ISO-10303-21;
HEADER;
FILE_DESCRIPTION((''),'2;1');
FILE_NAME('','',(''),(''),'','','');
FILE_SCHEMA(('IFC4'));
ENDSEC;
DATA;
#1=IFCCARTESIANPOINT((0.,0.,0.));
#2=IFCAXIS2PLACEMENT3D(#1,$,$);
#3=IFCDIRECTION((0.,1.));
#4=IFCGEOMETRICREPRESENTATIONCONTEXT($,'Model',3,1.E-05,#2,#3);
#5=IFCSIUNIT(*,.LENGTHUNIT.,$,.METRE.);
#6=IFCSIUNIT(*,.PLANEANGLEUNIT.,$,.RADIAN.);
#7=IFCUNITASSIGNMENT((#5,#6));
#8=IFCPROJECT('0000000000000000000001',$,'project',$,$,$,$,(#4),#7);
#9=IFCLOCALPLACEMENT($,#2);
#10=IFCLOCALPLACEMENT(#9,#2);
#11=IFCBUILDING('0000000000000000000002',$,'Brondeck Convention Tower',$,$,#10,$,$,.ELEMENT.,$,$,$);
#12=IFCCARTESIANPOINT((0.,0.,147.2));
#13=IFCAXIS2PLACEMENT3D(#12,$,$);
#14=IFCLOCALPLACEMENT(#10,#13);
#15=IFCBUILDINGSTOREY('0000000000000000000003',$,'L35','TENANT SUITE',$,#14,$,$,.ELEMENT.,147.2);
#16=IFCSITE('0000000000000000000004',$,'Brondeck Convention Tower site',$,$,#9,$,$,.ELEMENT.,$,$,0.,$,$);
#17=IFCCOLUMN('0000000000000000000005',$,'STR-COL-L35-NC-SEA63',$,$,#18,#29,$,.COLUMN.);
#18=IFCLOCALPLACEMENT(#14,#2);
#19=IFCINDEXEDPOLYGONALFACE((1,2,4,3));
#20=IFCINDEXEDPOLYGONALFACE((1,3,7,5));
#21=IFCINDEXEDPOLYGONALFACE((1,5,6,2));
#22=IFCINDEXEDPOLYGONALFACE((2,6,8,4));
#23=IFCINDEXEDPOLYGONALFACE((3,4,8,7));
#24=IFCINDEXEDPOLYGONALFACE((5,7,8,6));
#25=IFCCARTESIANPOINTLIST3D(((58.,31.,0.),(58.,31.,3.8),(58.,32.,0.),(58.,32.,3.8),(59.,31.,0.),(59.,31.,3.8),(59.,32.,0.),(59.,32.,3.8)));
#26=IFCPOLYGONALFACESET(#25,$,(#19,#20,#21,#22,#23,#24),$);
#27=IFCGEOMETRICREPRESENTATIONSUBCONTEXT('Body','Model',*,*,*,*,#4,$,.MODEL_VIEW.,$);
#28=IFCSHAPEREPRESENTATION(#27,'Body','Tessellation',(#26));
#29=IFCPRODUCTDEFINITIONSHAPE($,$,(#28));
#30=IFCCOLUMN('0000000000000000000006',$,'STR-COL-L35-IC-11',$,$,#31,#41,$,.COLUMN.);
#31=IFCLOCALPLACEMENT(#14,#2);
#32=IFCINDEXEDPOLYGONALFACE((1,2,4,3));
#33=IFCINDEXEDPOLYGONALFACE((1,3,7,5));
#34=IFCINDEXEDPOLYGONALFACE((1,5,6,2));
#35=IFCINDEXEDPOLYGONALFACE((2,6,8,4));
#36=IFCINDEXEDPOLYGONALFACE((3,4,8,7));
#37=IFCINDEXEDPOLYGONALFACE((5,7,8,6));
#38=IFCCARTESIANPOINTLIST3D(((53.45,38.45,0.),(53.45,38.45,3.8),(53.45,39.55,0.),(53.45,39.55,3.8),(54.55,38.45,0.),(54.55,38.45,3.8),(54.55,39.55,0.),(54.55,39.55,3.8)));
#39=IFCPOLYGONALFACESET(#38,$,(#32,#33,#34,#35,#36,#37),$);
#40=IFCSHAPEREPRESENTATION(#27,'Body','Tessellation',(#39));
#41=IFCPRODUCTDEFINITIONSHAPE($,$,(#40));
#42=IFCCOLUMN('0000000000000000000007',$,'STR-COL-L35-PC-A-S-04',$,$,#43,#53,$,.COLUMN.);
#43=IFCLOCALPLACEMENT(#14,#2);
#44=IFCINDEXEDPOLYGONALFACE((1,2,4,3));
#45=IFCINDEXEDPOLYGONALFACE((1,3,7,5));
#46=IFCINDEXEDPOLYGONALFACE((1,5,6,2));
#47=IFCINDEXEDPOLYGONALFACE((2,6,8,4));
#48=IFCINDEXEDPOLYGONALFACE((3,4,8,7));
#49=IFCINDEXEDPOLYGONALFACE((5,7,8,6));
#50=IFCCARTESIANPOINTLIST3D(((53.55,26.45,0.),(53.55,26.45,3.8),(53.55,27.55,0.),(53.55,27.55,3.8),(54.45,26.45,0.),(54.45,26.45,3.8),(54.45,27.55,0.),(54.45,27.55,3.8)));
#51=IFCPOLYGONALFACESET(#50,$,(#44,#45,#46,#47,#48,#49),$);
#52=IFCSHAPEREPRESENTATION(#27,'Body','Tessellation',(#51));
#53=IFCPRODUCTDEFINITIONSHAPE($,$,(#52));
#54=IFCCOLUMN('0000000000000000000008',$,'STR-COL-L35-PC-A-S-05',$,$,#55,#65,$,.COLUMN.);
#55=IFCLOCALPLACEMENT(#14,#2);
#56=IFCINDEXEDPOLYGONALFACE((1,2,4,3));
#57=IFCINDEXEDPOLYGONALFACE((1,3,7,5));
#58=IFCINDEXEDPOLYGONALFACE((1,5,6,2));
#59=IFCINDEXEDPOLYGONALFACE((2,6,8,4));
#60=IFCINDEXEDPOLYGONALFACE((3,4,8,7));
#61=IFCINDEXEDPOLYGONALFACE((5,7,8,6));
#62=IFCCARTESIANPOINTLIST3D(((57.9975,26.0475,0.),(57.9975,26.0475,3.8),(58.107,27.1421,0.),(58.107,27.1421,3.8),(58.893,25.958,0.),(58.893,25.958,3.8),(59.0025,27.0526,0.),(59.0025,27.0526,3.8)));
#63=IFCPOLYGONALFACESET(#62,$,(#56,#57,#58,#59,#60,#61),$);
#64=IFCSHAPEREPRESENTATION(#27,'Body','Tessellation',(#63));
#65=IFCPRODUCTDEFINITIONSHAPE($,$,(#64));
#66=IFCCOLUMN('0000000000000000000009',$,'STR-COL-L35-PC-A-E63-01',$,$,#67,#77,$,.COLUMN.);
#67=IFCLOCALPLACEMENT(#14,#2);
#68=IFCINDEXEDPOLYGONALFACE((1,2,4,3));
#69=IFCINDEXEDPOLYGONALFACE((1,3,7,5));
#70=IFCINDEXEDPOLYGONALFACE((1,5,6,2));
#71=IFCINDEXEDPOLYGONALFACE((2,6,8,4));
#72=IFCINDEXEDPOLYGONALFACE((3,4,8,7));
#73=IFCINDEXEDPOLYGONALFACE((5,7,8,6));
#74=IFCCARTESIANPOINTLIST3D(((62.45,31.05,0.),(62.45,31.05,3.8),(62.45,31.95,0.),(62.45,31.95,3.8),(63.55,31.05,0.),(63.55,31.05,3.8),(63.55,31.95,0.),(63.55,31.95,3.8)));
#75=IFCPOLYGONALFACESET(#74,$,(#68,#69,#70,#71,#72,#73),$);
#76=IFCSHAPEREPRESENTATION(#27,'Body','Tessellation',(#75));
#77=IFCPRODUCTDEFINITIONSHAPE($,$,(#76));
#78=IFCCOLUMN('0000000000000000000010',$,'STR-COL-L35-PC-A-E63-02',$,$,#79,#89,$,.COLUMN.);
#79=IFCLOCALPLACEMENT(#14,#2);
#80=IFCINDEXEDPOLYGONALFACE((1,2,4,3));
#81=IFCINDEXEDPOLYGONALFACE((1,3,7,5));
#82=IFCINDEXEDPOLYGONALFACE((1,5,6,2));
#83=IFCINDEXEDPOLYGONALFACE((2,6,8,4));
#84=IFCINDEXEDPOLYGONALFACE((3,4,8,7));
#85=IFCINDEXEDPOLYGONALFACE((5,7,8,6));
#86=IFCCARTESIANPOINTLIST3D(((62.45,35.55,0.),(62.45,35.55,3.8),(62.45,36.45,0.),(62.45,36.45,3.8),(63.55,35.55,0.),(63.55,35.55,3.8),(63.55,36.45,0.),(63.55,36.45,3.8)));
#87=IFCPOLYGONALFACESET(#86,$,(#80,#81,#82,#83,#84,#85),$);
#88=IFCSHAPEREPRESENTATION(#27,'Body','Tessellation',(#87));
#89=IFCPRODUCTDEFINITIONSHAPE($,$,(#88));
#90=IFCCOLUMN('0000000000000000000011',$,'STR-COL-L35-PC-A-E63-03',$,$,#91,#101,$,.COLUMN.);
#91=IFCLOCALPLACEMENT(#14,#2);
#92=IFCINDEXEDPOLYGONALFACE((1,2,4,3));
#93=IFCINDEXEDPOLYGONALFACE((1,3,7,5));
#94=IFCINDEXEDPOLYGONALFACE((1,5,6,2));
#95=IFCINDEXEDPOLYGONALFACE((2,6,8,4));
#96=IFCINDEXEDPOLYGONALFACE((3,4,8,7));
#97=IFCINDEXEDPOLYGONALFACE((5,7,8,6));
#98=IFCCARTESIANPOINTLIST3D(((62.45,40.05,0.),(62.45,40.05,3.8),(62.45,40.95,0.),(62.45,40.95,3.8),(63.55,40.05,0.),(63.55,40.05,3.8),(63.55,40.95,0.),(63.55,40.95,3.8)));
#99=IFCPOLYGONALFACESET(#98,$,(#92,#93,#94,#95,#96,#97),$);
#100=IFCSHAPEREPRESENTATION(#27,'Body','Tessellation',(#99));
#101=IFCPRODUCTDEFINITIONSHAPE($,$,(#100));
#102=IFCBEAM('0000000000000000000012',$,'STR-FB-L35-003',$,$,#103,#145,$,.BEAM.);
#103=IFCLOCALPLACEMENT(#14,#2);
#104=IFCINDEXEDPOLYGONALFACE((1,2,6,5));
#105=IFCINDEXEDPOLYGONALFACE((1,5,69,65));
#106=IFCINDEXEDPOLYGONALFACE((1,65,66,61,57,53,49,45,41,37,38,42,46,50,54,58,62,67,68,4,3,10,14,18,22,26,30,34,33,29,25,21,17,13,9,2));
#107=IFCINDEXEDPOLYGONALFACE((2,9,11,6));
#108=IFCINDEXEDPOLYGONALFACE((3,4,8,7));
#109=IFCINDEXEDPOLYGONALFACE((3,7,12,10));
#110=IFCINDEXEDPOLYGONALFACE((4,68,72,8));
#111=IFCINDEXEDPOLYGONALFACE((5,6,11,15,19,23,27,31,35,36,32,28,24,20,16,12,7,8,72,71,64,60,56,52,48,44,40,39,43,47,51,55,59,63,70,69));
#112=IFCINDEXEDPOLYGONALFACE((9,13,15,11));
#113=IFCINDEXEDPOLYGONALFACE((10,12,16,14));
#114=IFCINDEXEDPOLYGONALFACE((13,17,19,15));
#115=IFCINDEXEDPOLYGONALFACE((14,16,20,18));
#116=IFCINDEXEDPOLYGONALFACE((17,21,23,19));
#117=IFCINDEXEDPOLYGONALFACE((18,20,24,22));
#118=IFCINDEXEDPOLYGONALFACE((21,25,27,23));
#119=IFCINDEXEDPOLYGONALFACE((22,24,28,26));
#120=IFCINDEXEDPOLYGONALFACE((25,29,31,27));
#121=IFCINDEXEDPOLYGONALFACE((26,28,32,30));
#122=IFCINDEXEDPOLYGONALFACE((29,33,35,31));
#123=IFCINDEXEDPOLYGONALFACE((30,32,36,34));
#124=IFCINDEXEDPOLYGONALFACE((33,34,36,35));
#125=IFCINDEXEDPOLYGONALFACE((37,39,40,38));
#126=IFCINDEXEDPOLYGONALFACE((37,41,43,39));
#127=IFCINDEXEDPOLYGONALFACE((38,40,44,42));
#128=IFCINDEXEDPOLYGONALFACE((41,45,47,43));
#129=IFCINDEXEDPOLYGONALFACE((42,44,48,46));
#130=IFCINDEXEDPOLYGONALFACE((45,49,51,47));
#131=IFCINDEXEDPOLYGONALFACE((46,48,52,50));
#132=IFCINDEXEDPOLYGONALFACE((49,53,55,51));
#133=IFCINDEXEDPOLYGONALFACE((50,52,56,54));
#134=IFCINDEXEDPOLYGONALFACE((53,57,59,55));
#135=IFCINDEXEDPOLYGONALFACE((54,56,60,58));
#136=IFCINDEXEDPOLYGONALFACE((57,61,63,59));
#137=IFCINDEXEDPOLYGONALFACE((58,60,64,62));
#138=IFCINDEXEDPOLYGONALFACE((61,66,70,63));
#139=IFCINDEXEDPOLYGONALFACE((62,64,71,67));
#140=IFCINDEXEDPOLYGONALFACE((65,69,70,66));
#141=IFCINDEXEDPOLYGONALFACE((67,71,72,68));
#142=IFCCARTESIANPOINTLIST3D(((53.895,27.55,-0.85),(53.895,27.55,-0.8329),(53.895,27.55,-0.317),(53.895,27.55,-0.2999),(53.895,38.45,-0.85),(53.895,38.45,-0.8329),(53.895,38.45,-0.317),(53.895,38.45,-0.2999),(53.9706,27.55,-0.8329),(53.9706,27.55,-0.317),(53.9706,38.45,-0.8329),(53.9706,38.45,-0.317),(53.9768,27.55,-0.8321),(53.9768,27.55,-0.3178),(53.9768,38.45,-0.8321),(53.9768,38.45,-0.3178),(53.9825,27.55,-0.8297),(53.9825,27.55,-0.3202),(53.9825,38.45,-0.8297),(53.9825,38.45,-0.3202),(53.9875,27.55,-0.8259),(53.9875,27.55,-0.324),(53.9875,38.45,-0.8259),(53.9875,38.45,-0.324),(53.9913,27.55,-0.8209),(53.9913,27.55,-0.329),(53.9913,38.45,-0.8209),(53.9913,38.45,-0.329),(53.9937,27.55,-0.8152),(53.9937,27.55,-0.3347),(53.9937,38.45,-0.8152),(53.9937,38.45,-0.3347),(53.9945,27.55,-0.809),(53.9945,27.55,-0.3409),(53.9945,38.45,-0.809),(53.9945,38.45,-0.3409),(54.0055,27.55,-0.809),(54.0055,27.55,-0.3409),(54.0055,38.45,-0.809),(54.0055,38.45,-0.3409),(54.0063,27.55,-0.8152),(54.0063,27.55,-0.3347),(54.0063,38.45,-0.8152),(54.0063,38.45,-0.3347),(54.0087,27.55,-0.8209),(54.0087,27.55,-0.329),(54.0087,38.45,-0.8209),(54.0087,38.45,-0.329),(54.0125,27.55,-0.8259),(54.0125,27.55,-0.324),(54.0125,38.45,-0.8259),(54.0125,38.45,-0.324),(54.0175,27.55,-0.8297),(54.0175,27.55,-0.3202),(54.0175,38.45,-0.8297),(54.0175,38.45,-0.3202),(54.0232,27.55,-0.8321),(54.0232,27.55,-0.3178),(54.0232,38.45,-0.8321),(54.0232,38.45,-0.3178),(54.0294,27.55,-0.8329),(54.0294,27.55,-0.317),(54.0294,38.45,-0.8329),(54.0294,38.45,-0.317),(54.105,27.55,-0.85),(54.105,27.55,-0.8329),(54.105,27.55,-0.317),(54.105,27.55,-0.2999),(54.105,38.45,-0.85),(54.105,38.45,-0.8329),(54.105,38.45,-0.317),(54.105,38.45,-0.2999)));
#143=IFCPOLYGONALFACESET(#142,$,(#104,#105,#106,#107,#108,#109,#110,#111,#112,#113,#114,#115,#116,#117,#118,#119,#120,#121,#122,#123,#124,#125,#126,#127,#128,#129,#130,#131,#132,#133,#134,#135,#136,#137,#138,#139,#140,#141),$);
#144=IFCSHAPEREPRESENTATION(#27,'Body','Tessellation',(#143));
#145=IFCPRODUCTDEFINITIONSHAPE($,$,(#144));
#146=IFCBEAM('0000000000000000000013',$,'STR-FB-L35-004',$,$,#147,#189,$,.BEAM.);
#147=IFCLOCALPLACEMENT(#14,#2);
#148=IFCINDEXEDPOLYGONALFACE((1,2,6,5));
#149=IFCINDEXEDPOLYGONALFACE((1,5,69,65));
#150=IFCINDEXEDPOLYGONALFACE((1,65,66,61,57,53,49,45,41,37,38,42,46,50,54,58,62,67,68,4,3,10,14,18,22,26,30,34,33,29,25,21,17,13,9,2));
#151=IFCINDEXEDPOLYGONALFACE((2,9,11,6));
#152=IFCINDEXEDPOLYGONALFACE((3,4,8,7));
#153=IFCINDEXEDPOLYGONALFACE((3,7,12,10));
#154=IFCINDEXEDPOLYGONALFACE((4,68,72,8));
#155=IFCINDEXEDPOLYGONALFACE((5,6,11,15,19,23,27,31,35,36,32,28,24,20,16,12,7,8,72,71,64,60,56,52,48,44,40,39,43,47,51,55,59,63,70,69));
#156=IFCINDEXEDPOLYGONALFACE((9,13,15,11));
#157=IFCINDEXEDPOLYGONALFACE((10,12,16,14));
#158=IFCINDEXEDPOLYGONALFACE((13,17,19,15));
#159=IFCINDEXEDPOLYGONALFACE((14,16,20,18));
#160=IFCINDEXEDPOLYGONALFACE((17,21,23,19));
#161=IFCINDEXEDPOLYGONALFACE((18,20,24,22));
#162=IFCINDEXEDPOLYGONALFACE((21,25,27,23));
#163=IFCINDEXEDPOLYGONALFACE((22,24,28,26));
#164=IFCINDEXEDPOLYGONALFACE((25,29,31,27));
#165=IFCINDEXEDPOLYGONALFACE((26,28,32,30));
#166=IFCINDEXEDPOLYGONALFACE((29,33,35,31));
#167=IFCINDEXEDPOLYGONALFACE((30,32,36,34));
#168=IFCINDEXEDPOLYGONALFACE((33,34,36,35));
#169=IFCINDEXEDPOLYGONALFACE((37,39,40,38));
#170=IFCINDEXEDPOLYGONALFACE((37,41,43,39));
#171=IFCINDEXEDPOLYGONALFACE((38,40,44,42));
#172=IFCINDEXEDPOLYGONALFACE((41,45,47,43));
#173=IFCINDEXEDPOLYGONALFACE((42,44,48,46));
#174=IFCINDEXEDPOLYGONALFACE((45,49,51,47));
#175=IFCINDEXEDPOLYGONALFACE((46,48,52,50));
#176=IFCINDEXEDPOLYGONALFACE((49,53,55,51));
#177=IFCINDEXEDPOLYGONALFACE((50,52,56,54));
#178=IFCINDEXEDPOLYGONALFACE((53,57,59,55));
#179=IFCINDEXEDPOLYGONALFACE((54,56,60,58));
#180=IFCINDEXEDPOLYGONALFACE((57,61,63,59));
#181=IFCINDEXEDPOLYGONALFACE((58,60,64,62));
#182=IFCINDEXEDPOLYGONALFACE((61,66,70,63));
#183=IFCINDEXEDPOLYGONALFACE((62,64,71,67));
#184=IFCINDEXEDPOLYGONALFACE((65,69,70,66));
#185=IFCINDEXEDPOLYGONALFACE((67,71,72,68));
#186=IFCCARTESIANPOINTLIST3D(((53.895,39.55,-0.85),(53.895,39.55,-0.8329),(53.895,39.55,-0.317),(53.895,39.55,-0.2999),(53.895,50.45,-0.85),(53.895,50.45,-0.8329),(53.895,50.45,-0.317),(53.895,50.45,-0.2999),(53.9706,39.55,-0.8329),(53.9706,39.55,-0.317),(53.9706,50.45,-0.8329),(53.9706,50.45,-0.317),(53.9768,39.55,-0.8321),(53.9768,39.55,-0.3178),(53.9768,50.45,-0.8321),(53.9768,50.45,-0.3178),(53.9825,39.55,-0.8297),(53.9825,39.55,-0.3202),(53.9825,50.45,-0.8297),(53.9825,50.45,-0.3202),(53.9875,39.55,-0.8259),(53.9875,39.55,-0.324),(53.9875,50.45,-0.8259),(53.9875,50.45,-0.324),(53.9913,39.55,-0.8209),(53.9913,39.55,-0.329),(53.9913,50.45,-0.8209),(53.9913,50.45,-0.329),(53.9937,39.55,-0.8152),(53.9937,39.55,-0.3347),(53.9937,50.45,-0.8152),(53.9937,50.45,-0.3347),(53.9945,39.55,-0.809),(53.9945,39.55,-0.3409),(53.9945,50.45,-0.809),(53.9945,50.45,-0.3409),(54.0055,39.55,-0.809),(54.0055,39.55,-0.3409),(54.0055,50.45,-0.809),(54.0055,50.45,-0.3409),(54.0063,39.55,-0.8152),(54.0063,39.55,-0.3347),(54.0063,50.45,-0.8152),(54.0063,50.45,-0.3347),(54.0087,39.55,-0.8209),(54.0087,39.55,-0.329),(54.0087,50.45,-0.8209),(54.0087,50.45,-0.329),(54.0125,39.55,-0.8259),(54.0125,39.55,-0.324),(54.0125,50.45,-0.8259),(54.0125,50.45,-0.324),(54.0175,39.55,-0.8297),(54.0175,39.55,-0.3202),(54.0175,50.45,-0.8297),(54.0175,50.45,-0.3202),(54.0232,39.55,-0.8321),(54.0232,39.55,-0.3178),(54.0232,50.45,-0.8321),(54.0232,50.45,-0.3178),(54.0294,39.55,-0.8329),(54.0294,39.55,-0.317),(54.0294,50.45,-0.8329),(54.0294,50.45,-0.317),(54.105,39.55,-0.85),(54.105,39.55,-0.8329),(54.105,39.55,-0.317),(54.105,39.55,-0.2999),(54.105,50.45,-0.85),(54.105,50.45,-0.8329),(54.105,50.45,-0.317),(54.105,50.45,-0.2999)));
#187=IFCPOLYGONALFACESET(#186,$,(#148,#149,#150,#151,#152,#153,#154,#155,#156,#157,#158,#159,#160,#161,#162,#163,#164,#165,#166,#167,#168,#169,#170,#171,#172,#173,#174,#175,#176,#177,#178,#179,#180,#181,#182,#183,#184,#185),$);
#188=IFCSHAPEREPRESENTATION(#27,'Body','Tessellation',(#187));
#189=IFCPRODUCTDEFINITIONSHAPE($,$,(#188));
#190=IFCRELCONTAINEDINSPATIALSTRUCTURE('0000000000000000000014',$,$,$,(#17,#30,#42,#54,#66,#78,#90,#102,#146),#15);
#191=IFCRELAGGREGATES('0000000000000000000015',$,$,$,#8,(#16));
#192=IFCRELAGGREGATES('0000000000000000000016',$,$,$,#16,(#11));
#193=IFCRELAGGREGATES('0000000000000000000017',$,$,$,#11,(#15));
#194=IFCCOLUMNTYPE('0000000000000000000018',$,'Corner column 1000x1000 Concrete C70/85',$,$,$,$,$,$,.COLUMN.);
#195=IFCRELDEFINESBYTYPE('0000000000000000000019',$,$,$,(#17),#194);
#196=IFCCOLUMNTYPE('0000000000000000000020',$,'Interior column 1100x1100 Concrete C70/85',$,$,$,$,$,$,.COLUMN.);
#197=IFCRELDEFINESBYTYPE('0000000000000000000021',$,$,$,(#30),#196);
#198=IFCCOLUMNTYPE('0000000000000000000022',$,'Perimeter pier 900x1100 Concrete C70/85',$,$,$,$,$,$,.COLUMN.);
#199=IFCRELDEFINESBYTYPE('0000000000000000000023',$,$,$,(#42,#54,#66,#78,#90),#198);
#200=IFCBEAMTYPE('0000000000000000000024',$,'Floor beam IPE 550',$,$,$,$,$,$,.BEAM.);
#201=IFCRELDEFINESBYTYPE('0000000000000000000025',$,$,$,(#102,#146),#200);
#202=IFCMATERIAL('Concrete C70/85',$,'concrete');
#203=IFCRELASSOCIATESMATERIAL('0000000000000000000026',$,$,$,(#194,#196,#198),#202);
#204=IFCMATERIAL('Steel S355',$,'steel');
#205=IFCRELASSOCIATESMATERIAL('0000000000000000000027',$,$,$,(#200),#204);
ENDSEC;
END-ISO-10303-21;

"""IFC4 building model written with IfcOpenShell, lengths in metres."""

from ifc_helpers import new_model, si_unit, direction, frame, origin, origin_2d, place, context, subcontext, project, spatial, rectangle, i_section, extrude, material, material_profile, profile_set, type_object, element, save


model = new_model("IFC4")

# Units and contexts
model_context = context("Model", 3, precision=1e-05, world=origin(), true_north=direction((0.0, 1.0)))
body_context = subcontext(model_context, "Body", "Model", "MODEL_VIEW")
ifc_project = project(units=[si_unit("LENGTHUNIT", "METRE"), si_unit("PLANEANGLEUNIT", "RADIAN")], contexts=[model_context])

# Site, building, storey
site_placement = place(None, origin())
site = spatial("IfcSite", under=ifc_project, at=site_placement, Name="Brondeck Convention Tower site", CompositionType="ELEMENT", RefElevation=0.0)
building_placement = place(site_placement, origin())
building = spatial("IfcBuilding", under=site, at=building_placement, Name="Brondeck Convention Tower", CompositionType="ELEMENT")
storey_placement = place(building_placement, frame((0.0, 0.0, 147.2)))
storey = spatial("IfcBuildingStorey", under=building, at=storey_placement, Name="L35", Description="TENANT SUITE", CompositionType="ELEMENT", Elevation=147.2)

# Columns
ifc_material_1 = material(Name="Concrete C70/85", Category="concrete")
ifc_material_profile_1 = material_profile(ifc_material_1, rectangle(XDim=1.0, YDim=1.0, at=origin_2d()), Name="Corner column 1000x1000 Concrete C70/85")
ifc_profile_set_1 = profile_set([ifc_material_profile_1], Name="Concrete C70/85")
column_type_1 = type_object("IfcColumnType", Name="Corner column 1000x1000 Concrete C70/85", PredefinedType="COLUMN", material=ifc_profile_set_1)
column_1_placement = place(storey_placement, frame((58.5, 31.5, 0.0), z_axis=(0.0, 0.0, 1.0), x_axis=(1.0, 0.0, 0.0)))
element("IfcColumn", 1, at=column_1_placement, inside=storey, type_object=column_type_1, Name="STR-COL-L35-NC-SEA63", PredefinedType="COLUMN", context=body_context, shape_type="SweptSolid", body=[
    extrude(rectangle(XDim=1.0, YDim=1.0, at=origin_2d()), origin(), (0.0, 0.0, 1.0), 3.8),
])
ifc_material_profile_2 = material_profile(ifc_material_1, rectangle(XDim=1.1001, YDim=1.1001, at=origin_2d()), Name="Interior column 1100x1100 Concrete C70/85")
ifc_profile_set_2 = profile_set([ifc_material_profile_2], Name="Concrete C70/85")
column_type_2 = type_object("IfcColumnType", Name="Interior column 1100x1100 Concrete C70/85", PredefinedType="COLUMN", material=ifc_profile_set_2)
column_2_placement = place(storey_placement, frame((54.0, 39.0, 0.0), z_axis=(0.0, 0.0, 1.0), x_axis=(1.0, 0.0, 0.0)))
element("IfcColumn", 2, at=column_2_placement, inside=storey, type_object=column_type_2, Name="STR-COL-L35-IC-11", PredefinedType="COLUMN", context=body_context, shape_type="SweptSolid", body=[
    extrude(rectangle(XDim=1.1001, YDim=1.1001, at=origin_2d()), origin(), (0.0, 0.0, 1.0), 3.8),
])
ifc_material_profile_3 = material_profile(ifc_material_1, rectangle(XDim=0.8999, YDim=1.1001, at=origin_2d()), Name="Perimeter pier 900x1100 Concrete C70/85")
ifc_profile_set_3 = profile_set([ifc_material_profile_3], Name="Concrete C70/85")
column_type_3 = type_object("IfcColumnType", Name="Perimeter pier 900x1100 Concrete C70/85", PredefinedType="COLUMN", material=ifc_profile_set_3)
for number, where, z_axis, x_axis, name in (
    (3, (54.0, 27.0, 0.0), (0.0, 0.0, 1.0), (1.0, 0.0, 0.0), "STR-COL-L35-PC-A-S-04"),
    (4, (58.5, 26.55, 0.0), (0.0, 0.0, 1.0), (0.995037, -0.099504, 0.0), "STR-COL-L35-PC-A-S-05"),
    (5, (63.0, 31.5, 0.0), (0.0, 0.0, 1.0), (0.0, 1.0, 0.0), "STR-COL-L35-PC-A-E63-01"),
    (6, (63.0, 36.0, 0.0), (0.0, 0.0, 1.0), (0.0, 1.0, 0.0), "STR-COL-L35-PC-A-E63-02"),
    (7, (63.0, 40.5, 0.0), (0.0, 0.0, 1.0), (0.0, 1.0, 0.0), "STR-COL-L35-PC-A-E63-03"),
):
    element("IfcColumn", number, at=place(storey_placement, frame(where, z_axis=z_axis, x_axis=x_axis)), inside=storey, type_object=column_type_3, Name=name, PredefinedType="COLUMN", context=body_context, shape_type="SweptSolid", body=[
        extrude(rectangle(XDim=0.8999, YDim=1.1001, at=origin_2d()), origin(), (0.0, 0.0, 1.0), 3.8),
    ])

# Beams
ifc_material_2 = material(Name="Steel S355", Category="steel")
ifc_material_profile_4 = material_profile(ifc_material_2, i_section(OverallWidth=0.21, OverallDepth=0.55, WebThickness=0.011, FlangeThickness=0.0171, FilletRadius=0.0239, at=origin_2d()), Name="IPE 550")
ifc_profile_set_4 = profile_set([ifc_material_profile_4], Name="Steel S355")
beam_type_1 = type_object("IfcBeamType", Name="Floor beam IPE 550", PredefinedType="BEAM", material=ifc_profile_set_4)
for number, where, z_axis, x_axis, name in (
    (8, (54.0, 27.55, -0.575), (0.0, 1.0, 0.0), (-1.0, 0.0, 0.0), "STR-FB-L35-003"),
    (9, (54.0, 39.55, -0.575), (0.0, 1.0, 0.0), (-1.0, 0.0, 0.0), "STR-FB-L35-004"),
):
    element("IfcBeam", number, at=place(storey_placement, frame(where, z_axis=z_axis, x_axis=x_axis)), inside=storey, type_object=beam_type_1, Name=name, PredefinedType="BEAM", context=body_context, shape_type="SweptSolid", body=[
        extrude(i_section(OverallWidth=0.21, OverallDepth=0.55, WebThickness=0.011, FlangeThickness=0.0171, FilletRadius=0.0239, at=origin_2d()), origin(), (0.0, 0.0, 1.0), 10.8999),
    ])

save(model, "model.ifc")
